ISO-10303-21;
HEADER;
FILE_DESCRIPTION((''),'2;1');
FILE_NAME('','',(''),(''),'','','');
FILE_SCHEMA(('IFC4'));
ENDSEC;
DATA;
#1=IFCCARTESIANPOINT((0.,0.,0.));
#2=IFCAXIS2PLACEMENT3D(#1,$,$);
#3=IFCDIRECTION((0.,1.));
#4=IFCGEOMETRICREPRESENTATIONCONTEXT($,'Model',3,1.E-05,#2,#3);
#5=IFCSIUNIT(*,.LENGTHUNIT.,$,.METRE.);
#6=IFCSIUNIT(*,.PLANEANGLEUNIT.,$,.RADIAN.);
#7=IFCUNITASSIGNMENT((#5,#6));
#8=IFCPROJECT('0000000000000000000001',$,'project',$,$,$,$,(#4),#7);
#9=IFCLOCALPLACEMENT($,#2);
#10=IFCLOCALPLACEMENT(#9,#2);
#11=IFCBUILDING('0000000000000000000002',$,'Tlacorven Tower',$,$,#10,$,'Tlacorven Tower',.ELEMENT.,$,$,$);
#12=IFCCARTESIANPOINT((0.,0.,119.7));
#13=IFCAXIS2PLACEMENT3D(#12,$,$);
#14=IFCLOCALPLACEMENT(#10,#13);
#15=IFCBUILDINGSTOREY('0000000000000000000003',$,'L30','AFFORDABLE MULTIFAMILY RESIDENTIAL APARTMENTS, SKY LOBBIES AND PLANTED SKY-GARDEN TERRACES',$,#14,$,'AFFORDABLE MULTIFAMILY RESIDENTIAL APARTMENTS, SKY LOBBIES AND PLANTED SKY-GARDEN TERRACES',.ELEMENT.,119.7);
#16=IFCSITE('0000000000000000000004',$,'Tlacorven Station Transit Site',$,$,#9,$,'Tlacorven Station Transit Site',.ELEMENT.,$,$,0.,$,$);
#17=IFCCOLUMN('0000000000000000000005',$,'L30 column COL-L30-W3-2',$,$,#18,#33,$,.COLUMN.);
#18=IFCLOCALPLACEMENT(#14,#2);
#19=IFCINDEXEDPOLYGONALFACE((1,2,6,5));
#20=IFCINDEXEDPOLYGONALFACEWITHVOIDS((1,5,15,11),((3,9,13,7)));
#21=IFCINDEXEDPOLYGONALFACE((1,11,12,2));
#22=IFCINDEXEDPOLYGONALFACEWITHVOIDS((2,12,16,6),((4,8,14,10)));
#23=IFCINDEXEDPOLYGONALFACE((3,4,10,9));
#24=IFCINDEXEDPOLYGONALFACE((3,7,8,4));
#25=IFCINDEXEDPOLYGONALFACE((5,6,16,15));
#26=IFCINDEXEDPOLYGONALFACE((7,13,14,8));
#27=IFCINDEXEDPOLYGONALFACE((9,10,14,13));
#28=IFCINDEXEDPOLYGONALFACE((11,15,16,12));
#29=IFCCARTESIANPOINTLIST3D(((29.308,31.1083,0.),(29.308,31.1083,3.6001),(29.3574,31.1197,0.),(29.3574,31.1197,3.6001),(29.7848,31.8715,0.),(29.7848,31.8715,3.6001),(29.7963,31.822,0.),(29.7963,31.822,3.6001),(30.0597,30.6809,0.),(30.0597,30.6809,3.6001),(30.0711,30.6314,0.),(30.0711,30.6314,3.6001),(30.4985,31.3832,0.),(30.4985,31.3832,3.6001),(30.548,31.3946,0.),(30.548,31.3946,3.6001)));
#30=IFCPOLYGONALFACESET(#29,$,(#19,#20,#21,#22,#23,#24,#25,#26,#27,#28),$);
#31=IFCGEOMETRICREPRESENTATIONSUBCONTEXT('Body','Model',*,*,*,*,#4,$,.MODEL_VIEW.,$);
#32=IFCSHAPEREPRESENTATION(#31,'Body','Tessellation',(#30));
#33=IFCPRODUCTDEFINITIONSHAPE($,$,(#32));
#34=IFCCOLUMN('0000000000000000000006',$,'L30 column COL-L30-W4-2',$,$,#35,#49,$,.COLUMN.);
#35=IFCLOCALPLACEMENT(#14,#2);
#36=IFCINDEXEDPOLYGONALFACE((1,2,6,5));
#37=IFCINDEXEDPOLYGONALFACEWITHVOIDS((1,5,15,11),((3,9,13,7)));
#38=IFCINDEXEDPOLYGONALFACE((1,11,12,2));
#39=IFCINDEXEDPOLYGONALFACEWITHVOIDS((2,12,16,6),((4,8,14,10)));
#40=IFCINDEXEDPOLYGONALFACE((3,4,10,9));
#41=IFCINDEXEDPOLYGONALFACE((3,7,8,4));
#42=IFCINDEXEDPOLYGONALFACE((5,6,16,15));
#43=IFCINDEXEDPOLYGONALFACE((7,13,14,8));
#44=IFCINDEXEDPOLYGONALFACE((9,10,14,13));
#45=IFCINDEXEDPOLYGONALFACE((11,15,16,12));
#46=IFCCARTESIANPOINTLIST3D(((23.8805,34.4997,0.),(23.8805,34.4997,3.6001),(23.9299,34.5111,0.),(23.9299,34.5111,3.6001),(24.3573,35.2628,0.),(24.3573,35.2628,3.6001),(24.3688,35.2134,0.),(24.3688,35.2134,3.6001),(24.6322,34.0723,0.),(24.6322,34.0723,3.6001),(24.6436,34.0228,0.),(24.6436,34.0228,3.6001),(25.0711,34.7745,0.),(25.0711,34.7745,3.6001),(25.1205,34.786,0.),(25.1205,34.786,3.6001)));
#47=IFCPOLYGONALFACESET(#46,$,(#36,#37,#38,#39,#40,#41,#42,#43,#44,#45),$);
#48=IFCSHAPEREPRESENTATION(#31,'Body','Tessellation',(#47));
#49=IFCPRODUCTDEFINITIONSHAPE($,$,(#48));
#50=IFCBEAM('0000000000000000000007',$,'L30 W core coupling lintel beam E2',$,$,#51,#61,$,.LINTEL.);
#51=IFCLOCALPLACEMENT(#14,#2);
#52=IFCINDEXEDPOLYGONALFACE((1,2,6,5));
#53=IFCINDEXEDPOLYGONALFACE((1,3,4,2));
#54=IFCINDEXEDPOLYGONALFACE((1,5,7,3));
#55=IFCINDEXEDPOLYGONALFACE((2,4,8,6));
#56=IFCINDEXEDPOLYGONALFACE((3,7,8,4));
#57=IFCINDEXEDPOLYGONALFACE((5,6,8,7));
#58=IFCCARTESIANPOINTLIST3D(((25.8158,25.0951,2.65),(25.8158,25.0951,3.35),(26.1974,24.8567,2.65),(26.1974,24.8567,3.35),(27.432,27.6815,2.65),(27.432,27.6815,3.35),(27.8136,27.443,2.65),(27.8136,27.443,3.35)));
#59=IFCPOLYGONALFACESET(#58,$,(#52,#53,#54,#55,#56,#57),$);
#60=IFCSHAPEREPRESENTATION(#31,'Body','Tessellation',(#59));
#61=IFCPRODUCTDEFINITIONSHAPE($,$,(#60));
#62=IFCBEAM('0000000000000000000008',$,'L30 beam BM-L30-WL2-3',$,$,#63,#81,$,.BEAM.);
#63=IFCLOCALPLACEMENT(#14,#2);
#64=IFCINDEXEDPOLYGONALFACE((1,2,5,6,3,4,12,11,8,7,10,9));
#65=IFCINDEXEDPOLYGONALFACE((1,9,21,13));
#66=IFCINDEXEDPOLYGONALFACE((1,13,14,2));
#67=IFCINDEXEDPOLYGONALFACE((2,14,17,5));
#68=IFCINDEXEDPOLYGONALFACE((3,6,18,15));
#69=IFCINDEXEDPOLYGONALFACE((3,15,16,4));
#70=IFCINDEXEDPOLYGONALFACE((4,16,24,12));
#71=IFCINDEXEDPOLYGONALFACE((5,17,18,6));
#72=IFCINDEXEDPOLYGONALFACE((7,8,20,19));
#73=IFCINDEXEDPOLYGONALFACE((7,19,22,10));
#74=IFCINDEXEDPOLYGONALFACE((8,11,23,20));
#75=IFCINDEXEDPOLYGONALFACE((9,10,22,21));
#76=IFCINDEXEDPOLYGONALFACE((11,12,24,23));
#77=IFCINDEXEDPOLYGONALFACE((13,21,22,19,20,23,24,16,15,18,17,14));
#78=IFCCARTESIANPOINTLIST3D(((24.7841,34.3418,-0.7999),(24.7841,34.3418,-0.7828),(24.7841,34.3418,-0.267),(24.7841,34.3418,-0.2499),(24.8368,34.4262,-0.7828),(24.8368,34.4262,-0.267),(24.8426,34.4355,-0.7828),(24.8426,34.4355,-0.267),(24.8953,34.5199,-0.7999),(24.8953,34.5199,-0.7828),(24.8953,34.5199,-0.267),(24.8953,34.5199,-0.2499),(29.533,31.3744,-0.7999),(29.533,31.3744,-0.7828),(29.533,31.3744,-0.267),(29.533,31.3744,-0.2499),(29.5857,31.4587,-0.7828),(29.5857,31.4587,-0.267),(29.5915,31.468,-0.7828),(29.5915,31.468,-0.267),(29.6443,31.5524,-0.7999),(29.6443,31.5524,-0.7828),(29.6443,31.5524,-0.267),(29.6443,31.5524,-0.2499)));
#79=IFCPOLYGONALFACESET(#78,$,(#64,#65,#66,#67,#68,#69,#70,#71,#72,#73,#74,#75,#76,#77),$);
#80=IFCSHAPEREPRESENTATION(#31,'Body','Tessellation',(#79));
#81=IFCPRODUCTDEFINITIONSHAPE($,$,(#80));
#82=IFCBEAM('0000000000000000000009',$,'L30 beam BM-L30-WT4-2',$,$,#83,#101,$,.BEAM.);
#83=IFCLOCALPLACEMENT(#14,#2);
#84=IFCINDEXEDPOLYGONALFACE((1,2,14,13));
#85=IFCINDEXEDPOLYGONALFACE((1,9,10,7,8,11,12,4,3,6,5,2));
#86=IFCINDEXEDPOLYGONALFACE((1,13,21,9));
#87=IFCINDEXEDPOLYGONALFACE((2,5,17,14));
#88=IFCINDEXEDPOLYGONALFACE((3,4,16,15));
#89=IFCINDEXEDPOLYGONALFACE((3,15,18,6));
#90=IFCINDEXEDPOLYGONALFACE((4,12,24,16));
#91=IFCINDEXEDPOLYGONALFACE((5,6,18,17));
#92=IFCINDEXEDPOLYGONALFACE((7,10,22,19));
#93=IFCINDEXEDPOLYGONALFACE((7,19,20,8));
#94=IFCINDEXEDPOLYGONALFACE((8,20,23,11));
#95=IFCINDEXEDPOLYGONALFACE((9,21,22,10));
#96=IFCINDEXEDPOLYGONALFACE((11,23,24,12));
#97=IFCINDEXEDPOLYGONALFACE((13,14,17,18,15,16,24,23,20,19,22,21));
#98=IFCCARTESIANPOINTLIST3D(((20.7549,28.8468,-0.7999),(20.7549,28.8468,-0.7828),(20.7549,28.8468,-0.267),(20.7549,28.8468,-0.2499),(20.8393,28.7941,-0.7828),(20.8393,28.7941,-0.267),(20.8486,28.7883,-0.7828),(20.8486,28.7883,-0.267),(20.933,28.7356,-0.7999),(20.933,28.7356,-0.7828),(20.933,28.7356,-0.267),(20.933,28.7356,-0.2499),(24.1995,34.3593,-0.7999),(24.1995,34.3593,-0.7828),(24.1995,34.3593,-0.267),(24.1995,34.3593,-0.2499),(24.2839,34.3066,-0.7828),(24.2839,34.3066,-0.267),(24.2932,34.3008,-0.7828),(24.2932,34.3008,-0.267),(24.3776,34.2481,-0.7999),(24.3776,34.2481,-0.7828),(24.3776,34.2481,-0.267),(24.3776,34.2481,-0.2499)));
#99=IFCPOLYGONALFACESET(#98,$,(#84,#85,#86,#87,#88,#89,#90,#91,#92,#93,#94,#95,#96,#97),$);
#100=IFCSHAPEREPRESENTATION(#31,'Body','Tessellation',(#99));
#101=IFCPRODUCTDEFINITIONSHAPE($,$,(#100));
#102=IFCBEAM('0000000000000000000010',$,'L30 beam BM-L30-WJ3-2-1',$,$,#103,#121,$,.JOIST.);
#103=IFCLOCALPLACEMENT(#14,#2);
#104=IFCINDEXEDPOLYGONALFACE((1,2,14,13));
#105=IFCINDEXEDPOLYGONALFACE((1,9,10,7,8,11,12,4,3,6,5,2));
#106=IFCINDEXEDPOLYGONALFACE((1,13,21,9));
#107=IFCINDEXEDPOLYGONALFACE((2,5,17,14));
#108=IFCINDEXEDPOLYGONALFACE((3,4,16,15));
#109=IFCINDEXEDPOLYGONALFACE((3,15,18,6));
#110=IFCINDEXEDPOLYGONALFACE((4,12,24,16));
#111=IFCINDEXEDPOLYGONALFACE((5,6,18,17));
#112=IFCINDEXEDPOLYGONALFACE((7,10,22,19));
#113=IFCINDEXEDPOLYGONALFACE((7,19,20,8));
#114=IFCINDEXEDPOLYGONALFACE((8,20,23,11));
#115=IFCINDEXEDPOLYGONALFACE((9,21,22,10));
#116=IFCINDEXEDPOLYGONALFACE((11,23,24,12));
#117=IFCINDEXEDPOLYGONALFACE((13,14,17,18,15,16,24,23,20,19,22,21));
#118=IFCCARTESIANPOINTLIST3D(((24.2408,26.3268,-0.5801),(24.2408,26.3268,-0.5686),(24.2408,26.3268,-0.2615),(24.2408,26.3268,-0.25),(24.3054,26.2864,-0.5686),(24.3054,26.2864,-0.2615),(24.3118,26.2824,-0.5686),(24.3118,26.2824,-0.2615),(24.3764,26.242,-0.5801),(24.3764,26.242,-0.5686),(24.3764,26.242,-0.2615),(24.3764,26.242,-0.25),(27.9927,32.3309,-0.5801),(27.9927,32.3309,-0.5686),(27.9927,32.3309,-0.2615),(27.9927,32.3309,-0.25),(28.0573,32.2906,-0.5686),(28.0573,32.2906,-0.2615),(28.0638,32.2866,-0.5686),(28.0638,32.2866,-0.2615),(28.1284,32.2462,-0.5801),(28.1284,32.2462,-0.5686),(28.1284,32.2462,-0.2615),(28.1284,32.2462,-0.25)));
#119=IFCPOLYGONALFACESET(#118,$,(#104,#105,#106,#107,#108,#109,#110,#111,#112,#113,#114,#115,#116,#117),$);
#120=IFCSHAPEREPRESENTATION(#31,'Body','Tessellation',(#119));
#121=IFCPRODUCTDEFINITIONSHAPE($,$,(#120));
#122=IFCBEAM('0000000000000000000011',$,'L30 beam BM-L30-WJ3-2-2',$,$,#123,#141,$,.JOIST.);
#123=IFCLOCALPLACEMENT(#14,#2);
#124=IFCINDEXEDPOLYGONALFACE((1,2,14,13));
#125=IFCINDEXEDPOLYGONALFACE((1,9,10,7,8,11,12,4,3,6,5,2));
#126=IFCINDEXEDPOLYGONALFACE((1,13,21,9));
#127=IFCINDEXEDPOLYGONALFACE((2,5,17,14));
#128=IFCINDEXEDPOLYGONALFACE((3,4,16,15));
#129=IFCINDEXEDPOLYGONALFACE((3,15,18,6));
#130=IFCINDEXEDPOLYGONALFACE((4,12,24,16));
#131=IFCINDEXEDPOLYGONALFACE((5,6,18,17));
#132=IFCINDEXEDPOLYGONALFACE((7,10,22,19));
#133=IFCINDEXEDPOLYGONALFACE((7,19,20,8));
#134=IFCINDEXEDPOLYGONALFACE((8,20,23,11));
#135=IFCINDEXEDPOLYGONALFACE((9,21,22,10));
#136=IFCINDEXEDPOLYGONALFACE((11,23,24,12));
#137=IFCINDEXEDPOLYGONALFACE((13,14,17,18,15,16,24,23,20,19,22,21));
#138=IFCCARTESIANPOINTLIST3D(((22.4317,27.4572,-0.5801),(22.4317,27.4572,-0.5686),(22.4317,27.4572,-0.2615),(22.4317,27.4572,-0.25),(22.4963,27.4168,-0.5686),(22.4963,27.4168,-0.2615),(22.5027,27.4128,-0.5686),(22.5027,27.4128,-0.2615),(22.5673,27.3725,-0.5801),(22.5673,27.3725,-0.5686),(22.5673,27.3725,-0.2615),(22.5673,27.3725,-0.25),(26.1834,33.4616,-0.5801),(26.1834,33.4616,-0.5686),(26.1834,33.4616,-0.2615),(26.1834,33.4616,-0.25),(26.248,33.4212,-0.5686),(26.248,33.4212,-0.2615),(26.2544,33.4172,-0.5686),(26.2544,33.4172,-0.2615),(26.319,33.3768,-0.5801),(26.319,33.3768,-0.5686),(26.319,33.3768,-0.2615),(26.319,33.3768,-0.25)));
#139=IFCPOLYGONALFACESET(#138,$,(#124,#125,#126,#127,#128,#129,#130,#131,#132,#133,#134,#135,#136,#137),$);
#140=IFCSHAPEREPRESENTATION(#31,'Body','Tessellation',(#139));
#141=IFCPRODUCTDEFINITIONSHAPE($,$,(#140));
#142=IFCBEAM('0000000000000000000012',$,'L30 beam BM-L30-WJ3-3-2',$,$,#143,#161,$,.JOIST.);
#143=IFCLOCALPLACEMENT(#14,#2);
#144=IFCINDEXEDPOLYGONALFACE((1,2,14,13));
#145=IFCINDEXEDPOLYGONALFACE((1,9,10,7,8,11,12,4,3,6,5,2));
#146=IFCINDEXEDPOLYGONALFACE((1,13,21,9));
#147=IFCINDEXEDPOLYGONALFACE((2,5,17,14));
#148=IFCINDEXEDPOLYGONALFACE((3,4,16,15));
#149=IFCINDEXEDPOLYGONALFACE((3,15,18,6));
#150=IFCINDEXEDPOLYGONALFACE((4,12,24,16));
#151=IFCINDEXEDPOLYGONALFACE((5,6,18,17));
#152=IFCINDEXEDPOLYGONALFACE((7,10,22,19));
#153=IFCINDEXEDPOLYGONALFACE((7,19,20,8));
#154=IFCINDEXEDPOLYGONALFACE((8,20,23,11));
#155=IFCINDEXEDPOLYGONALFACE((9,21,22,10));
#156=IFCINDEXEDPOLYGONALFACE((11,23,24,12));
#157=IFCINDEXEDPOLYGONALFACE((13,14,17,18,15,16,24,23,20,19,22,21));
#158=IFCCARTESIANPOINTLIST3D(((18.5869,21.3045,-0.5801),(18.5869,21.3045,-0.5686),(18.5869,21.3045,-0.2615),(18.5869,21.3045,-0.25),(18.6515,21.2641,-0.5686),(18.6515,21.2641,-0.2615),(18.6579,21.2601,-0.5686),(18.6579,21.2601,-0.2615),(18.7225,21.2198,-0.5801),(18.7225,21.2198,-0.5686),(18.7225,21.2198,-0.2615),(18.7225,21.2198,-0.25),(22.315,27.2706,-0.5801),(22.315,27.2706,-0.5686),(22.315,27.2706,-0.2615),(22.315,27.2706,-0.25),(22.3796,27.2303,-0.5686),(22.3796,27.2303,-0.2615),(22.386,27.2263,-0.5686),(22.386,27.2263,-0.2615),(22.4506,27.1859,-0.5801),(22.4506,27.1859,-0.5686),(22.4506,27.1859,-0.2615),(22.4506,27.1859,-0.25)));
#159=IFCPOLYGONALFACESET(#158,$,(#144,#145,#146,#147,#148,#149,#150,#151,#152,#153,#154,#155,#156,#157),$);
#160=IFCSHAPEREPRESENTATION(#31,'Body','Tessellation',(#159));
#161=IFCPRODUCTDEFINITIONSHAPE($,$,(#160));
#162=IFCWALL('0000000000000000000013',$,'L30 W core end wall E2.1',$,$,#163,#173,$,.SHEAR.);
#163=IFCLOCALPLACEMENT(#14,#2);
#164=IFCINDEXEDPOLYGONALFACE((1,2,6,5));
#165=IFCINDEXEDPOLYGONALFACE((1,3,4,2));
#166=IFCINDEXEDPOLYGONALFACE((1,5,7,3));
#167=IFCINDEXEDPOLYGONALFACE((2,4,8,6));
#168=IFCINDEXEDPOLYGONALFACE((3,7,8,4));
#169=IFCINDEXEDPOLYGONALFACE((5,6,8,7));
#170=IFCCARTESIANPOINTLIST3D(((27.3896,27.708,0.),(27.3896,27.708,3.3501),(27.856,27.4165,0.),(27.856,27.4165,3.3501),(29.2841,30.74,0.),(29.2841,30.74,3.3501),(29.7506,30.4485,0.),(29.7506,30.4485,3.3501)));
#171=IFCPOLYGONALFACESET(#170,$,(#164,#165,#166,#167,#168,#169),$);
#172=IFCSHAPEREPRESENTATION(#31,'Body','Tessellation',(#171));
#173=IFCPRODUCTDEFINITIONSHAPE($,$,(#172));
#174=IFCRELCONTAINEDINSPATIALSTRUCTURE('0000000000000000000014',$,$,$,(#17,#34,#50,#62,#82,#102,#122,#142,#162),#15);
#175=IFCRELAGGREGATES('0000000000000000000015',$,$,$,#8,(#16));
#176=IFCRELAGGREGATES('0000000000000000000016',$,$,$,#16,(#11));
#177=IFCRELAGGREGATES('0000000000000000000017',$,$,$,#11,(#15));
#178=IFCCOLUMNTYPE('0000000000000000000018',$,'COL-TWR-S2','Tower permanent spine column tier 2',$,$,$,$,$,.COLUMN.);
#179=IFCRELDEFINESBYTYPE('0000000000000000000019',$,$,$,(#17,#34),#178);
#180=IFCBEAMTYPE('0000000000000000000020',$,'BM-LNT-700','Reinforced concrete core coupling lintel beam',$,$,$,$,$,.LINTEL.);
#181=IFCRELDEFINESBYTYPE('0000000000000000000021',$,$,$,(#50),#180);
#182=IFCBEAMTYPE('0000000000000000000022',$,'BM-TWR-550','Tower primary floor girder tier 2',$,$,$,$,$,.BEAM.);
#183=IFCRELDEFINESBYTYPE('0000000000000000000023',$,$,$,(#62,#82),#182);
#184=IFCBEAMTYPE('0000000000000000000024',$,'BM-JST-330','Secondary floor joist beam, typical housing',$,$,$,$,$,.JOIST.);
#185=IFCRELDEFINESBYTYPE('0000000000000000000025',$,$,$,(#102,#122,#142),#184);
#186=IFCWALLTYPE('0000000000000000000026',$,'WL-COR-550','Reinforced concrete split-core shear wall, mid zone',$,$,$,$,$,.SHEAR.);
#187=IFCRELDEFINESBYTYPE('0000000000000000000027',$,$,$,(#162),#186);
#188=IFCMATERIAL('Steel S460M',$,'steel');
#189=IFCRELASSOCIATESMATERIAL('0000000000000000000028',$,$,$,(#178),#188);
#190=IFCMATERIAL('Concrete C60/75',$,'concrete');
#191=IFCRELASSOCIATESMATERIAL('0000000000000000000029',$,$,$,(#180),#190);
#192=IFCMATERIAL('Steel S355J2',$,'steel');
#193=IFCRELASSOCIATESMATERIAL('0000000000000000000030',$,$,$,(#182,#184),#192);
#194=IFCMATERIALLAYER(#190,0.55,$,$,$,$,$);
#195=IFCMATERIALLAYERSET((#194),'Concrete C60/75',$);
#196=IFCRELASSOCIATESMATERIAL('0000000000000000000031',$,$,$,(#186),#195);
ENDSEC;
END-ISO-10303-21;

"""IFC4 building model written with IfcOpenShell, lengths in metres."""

from ifc_helpers import new_model, si_unit, direction, frame, frame_2d, origin, origin_2d, place, context, subcontext, project, spatial, rectangle, hollow_rectangle, i_section, extrude, source, transform, mapped, material, layer, layer_set, material_profile, profile_set, type_object, element, save


model = new_model("IFC4")

# Units and contexts
model_context = context("Model", 3, precision=1e-05, world=origin(), true_north=direction((0.0, 1.0)))
body_context = subcontext(model_context, "Body", "Model", "MODEL_VIEW")
ifc_project = project(units=[si_unit("LENGTHUNIT", "METRE"), si_unit("PLANEANGLEUNIT", "RADIAN")], contexts=[model_context])

# Site, building, storey
site_placement = place(None, origin())
site = spatial("IfcSite", under=ifc_project, at=site_placement, Name="Tlacorven Station Transit Site", LongName="Tlacorven Station Transit Site", CompositionType="ELEMENT", RefElevation=0.0)
building_placement = place(site_placement, origin())
building = spatial("IfcBuilding", under=site, at=building_placement, Name="Tlacorven Tower", LongName="Tlacorven Tower", CompositionType="ELEMENT")
storey_placement = place(building_placement, frame((0.0, 0.0, 119.7)))
storey = spatial("IfcBuildingStorey", under=building, at=storey_placement, Name="L30", Description="AFFORDABLE MULTIFAMILY RESIDENTIAL APARTMENTS, SKY LOBBIES AND PLANTED SKY-GARDEN TERRACES", LongName="AFFORDABLE MULTIFAMILY RESIDENTIAL APARTMENTS, SKY LOBBIES AND PLANTED SKY-GARDEN TERRACES", CompositionType="ELEMENT", Elevation=119.7)

# Columns
ifc_material_1 = material(Name="Steel S460M", Category="steel")
ifc_material_profile_1 = material_profile(ifc_material_1, hollow_rectangle(XDim=0.8999, YDim=0.8999, WallThickness=0.0359, at=origin_2d()), Name="BOX 900X900X36")
ifc_profile_set_1 = profile_set([ifc_material_profile_1], Name="Steel S460M")
column_type = type_object("IfcColumnType", Name="COL-TWR-S2", Description="Tower permanent spine column tier 2", PredefinedType="COLUMN", material=ifc_profile_set_1)
shared_shape_1 = source(origin(), body_context, "Body", "SweptSolid", [
    extrude(hollow_rectangle(XDim=0.8999, YDim=0.8999, WallThickness=0.0359, at=origin_2d()), origin(), (0.0, 0.0, 1.0), 3.6001),
])
for number, where, z_axis, x_axis, name in (
    (1, (29.928, 31.2515, 0.0), (0.0, 0.0, 1.0), (-0.848048, 0.529919, 0.0), "L30 column COL-L30-W3-2"),
    (2, (24.5005, 34.6428, 0.0), (0.0, 0.0, 1.0), (-0.848048, 0.529919, 0.0), "L30 column COL-L30-W4-2"),
):
    element("IfcColumn", number, at=place(storey_placement, frame(where, z_axis=z_axis, x_axis=x_axis)), inside=storey, type_object=column_type, Name=name, PredefinedType="COLUMN", context=body_context, shape_type="MappedRepresentation", body=[
        mapped(shared_shape_1, transform((0.0, 0.0, 0.0), scale=1.0)),
    ])

# Beams
ifc_material_2 = material(Name="Concrete C60/75", Category="concrete")
ifc_material_profile_2 = material_profile(ifc_material_2, rectangle(XDim=0.45, YDim=0.7, at=origin_2d()), Name="RC 450X700")
ifc_profile_set_2 = profile_set([ifc_material_profile_2], Name="Concrete C60/75")
beam_type_1 = type_object("IfcBeamType", Name="BM-LNT-700", Description="Reinforced concrete core coupling lintel beam", PredefinedType="LINTEL", material=ifc_profile_set_2)
shared_shape_2 = source(origin(), body_context, "Body", "SweptSolid", [
    extrude(rectangle(XDim=0.45, YDim=0.7, at=origin_2d()), origin(), (0.0, 0.0, 1.0), 3.0498),
])
beam_1_placement = place(storey_placement, frame((27.6228, 27.5623, 3.0), z_axis=(-0.529927, -0.848043, 0.0), x_axis=(0.848043, -0.529927, 0.0)))
element("IfcBeam", 3, at=beam_1_placement, inside=storey, type_object=beam_type_1, Name="L30 W core coupling lintel beam E2", PredefinedType="LINTEL", context=body_context, shape_type="MappedRepresentation", body=[
    mapped(shared_shape_2, transform((0.0, 0.0, 0.0), scale=1.0)),
])
ifc_material_3 = material(Name="Steel S355J2", Category="steel")
ifc_material_profile_3 = material_profile(ifc_material_3, i_section(OverallWidth=0.21, OverallDepth=0.55, WebThickness=0.011, FlangeThickness=0.0171, at=origin_2d()), Name="IPE 550")
ifc_profile_set_3 = profile_set([ifc_material_profile_3], Name="Steel S355J2")
beam_type_2 = type_object("IfcBeamType", Name="BM-TWR-550", Description="Tower primary floor girder tier 2", PredefinedType="BEAM", material=ifc_profile_set_3)
shared_shape_3 = source(origin(), body_context, "Body", "SweptSolid", [
    extrude(i_section(OverallWidth=0.21, OverallDepth=0.55, WebThickness=0.011, FlangeThickness=0.0171, at=origin_2d()), origin(), (0.0, 0.0, 1.0), 5.5999),
])
beam_2_placement = place(storey_placement, frame((29.5886, 31.4634, -0.5249), z_axis=(-0.848047, 0.529921, 0.0), x_axis=(-0.529921, -0.848047, 0.0)))
element("IfcBeam", 4, at=beam_2_placement, inside=storey, type_object=beam_type_2, Name="L30 beam BM-L30-WL2-3", PredefinedType="BEAM", context=body_context, shape_type="MappedRepresentation", body=[
    mapped(shared_shape_3, transform((0.0, 0.0, 0.0), scale=1.0)),
])
shared_shape_4 = source(origin(), body_context, "Body", "SweptSolid", [
    extrude(i_section(OverallWidth=0.21, OverallDepth=0.55, WebThickness=0.011, FlangeThickness=0.0171, at=origin_2d()), origin(), (0.0, 0.0, 1.0), 6.5002),
])
beam_3_placement = place(storey_placement, frame((24.2886, 34.3037, -0.5249), z_axis=(-0.529921, -0.848047, 0.0), x_axis=(0.848047, -0.529921, 0.0)))
element("IfcBeam", 5, at=beam_3_placement, inside=storey, type_object=beam_type_2, Name="L30 beam BM-L30-WT4-2", PredefinedType="BEAM", context=body_context, shape_type="MappedRepresentation", body=[
    mapped(shared_shape_4, transform((0.0, 0.0, 0.0), scale=1.0)),
])
ifc_material_profile_4 = material_profile(ifc_material_3, i_section(OverallWidth=0.1599, OverallDepth=0.3301, WebThickness=0.0076, FlangeThickness=0.0115, at=origin_2d()), Name="IPE 330")
ifc_profile_set_4 = profile_set([ifc_material_profile_4], Name="Steel S355J2")
beam_type_3 = type_object("IfcBeamType", Name="BM-JST-330", Description="Secondary floor joist beam, typical housing", PredefinedType="JOIST", material=ifc_profile_set_4)
shared_shape_5 = source(origin(), body_context, "Body", "SweptSolid", [
    extrude(i_section(OverallWidth=0.1599, OverallDepth=0.3301, WebThickness=0.0076, FlangeThickness=0.0115, at=origin_2d()), origin(), (0.0, 0.0, 1.0), 7.0801),
])
for number, where, z_axis, x_axis, name in (
    (6, (28.0605, 32.2886, -0.415), (-0.529934, -0.848039, 0.0), (0.848039, -0.529934, 0.0), "L30 beam BM-L30-WJ3-2-1"),
    (7, (26.2512, 33.4192, -0.415), (-0.529894, -0.848064, 0.0), (0.848064, -0.529894, 0.0), "L30 beam BM-L30-WJ3-2-2"),
):
    element("IfcBeam", number, at=place(storey_placement, frame(where, z_axis=z_axis, x_axis=x_axis)), inside=storey, type_object=beam_type_3, Name=name, PredefinedType="JOIST", context=body_context, shape_type="MappedRepresentation", body=[
        mapped(shared_shape_5, transform((0.0, 0.0, 0.0), scale=1.0)),
    ])
shared_shape_6 = source(origin(), body_context, "Body", "SweptSolid", [
    extrude(i_section(OverallWidth=0.1599, OverallDepth=0.3301, WebThickness=0.0076, FlangeThickness=0.0115, at=origin_2d()), origin(), (0.0, 0.0, 1.0), 7.0352),
])
beam_4_placement = place(storey_placement, frame((22.3828, 27.2283, -0.415), z_axis=(-0.529921, -0.848047, 0.0), x_axis=(0.848047, -0.529921, 0.0)))
element("IfcBeam", 8, at=beam_4_placement, inside=storey, type_object=beam_type_3, Name="L30 beam BM-L30-WJ3-3-2", PredefinedType="JOIST", context=body_context, shape_type="MappedRepresentation", body=[
    mapped(shared_shape_6, transform((0.0, 0.0, 0.0), scale=1.0)),
])

# Wall
ifc_layer_1 = layer(ifc_material_2, 0.55)
ifc_layer_set_1 = layer_set([ifc_layer_1], Name="Concrete C60/75")
wall_type_1 = type_object("IfcWallType", Name="WL-COR-550", Description="Reinforced concrete split-core shear wall, mid zone", PredefinedType="SHEAR", material=ifc_layer_set_1)
wall_1_placement = place(storey_placement, frame((29.5173, 30.5942, 0.0), z_axis=(0.0, 0.0, 1.0), x_axis=(-0.529907, -0.848056, 0.0)))
element("IfcWall", 9, at=wall_1_placement, inside=storey, type_object=wall_type_1, Name="L30 W core end wall E2.1", PredefinedType="SHEAR", context=body_context, shape_type="SweptSolid", body=[
    extrude(rectangle(XDim=3.5752, YDim=0.55, at=frame_2d((1.7876, 0.0))), origin(), (0.0, 0.0, 1.0), 3.3501),
])

save(model, "model.ifc")
